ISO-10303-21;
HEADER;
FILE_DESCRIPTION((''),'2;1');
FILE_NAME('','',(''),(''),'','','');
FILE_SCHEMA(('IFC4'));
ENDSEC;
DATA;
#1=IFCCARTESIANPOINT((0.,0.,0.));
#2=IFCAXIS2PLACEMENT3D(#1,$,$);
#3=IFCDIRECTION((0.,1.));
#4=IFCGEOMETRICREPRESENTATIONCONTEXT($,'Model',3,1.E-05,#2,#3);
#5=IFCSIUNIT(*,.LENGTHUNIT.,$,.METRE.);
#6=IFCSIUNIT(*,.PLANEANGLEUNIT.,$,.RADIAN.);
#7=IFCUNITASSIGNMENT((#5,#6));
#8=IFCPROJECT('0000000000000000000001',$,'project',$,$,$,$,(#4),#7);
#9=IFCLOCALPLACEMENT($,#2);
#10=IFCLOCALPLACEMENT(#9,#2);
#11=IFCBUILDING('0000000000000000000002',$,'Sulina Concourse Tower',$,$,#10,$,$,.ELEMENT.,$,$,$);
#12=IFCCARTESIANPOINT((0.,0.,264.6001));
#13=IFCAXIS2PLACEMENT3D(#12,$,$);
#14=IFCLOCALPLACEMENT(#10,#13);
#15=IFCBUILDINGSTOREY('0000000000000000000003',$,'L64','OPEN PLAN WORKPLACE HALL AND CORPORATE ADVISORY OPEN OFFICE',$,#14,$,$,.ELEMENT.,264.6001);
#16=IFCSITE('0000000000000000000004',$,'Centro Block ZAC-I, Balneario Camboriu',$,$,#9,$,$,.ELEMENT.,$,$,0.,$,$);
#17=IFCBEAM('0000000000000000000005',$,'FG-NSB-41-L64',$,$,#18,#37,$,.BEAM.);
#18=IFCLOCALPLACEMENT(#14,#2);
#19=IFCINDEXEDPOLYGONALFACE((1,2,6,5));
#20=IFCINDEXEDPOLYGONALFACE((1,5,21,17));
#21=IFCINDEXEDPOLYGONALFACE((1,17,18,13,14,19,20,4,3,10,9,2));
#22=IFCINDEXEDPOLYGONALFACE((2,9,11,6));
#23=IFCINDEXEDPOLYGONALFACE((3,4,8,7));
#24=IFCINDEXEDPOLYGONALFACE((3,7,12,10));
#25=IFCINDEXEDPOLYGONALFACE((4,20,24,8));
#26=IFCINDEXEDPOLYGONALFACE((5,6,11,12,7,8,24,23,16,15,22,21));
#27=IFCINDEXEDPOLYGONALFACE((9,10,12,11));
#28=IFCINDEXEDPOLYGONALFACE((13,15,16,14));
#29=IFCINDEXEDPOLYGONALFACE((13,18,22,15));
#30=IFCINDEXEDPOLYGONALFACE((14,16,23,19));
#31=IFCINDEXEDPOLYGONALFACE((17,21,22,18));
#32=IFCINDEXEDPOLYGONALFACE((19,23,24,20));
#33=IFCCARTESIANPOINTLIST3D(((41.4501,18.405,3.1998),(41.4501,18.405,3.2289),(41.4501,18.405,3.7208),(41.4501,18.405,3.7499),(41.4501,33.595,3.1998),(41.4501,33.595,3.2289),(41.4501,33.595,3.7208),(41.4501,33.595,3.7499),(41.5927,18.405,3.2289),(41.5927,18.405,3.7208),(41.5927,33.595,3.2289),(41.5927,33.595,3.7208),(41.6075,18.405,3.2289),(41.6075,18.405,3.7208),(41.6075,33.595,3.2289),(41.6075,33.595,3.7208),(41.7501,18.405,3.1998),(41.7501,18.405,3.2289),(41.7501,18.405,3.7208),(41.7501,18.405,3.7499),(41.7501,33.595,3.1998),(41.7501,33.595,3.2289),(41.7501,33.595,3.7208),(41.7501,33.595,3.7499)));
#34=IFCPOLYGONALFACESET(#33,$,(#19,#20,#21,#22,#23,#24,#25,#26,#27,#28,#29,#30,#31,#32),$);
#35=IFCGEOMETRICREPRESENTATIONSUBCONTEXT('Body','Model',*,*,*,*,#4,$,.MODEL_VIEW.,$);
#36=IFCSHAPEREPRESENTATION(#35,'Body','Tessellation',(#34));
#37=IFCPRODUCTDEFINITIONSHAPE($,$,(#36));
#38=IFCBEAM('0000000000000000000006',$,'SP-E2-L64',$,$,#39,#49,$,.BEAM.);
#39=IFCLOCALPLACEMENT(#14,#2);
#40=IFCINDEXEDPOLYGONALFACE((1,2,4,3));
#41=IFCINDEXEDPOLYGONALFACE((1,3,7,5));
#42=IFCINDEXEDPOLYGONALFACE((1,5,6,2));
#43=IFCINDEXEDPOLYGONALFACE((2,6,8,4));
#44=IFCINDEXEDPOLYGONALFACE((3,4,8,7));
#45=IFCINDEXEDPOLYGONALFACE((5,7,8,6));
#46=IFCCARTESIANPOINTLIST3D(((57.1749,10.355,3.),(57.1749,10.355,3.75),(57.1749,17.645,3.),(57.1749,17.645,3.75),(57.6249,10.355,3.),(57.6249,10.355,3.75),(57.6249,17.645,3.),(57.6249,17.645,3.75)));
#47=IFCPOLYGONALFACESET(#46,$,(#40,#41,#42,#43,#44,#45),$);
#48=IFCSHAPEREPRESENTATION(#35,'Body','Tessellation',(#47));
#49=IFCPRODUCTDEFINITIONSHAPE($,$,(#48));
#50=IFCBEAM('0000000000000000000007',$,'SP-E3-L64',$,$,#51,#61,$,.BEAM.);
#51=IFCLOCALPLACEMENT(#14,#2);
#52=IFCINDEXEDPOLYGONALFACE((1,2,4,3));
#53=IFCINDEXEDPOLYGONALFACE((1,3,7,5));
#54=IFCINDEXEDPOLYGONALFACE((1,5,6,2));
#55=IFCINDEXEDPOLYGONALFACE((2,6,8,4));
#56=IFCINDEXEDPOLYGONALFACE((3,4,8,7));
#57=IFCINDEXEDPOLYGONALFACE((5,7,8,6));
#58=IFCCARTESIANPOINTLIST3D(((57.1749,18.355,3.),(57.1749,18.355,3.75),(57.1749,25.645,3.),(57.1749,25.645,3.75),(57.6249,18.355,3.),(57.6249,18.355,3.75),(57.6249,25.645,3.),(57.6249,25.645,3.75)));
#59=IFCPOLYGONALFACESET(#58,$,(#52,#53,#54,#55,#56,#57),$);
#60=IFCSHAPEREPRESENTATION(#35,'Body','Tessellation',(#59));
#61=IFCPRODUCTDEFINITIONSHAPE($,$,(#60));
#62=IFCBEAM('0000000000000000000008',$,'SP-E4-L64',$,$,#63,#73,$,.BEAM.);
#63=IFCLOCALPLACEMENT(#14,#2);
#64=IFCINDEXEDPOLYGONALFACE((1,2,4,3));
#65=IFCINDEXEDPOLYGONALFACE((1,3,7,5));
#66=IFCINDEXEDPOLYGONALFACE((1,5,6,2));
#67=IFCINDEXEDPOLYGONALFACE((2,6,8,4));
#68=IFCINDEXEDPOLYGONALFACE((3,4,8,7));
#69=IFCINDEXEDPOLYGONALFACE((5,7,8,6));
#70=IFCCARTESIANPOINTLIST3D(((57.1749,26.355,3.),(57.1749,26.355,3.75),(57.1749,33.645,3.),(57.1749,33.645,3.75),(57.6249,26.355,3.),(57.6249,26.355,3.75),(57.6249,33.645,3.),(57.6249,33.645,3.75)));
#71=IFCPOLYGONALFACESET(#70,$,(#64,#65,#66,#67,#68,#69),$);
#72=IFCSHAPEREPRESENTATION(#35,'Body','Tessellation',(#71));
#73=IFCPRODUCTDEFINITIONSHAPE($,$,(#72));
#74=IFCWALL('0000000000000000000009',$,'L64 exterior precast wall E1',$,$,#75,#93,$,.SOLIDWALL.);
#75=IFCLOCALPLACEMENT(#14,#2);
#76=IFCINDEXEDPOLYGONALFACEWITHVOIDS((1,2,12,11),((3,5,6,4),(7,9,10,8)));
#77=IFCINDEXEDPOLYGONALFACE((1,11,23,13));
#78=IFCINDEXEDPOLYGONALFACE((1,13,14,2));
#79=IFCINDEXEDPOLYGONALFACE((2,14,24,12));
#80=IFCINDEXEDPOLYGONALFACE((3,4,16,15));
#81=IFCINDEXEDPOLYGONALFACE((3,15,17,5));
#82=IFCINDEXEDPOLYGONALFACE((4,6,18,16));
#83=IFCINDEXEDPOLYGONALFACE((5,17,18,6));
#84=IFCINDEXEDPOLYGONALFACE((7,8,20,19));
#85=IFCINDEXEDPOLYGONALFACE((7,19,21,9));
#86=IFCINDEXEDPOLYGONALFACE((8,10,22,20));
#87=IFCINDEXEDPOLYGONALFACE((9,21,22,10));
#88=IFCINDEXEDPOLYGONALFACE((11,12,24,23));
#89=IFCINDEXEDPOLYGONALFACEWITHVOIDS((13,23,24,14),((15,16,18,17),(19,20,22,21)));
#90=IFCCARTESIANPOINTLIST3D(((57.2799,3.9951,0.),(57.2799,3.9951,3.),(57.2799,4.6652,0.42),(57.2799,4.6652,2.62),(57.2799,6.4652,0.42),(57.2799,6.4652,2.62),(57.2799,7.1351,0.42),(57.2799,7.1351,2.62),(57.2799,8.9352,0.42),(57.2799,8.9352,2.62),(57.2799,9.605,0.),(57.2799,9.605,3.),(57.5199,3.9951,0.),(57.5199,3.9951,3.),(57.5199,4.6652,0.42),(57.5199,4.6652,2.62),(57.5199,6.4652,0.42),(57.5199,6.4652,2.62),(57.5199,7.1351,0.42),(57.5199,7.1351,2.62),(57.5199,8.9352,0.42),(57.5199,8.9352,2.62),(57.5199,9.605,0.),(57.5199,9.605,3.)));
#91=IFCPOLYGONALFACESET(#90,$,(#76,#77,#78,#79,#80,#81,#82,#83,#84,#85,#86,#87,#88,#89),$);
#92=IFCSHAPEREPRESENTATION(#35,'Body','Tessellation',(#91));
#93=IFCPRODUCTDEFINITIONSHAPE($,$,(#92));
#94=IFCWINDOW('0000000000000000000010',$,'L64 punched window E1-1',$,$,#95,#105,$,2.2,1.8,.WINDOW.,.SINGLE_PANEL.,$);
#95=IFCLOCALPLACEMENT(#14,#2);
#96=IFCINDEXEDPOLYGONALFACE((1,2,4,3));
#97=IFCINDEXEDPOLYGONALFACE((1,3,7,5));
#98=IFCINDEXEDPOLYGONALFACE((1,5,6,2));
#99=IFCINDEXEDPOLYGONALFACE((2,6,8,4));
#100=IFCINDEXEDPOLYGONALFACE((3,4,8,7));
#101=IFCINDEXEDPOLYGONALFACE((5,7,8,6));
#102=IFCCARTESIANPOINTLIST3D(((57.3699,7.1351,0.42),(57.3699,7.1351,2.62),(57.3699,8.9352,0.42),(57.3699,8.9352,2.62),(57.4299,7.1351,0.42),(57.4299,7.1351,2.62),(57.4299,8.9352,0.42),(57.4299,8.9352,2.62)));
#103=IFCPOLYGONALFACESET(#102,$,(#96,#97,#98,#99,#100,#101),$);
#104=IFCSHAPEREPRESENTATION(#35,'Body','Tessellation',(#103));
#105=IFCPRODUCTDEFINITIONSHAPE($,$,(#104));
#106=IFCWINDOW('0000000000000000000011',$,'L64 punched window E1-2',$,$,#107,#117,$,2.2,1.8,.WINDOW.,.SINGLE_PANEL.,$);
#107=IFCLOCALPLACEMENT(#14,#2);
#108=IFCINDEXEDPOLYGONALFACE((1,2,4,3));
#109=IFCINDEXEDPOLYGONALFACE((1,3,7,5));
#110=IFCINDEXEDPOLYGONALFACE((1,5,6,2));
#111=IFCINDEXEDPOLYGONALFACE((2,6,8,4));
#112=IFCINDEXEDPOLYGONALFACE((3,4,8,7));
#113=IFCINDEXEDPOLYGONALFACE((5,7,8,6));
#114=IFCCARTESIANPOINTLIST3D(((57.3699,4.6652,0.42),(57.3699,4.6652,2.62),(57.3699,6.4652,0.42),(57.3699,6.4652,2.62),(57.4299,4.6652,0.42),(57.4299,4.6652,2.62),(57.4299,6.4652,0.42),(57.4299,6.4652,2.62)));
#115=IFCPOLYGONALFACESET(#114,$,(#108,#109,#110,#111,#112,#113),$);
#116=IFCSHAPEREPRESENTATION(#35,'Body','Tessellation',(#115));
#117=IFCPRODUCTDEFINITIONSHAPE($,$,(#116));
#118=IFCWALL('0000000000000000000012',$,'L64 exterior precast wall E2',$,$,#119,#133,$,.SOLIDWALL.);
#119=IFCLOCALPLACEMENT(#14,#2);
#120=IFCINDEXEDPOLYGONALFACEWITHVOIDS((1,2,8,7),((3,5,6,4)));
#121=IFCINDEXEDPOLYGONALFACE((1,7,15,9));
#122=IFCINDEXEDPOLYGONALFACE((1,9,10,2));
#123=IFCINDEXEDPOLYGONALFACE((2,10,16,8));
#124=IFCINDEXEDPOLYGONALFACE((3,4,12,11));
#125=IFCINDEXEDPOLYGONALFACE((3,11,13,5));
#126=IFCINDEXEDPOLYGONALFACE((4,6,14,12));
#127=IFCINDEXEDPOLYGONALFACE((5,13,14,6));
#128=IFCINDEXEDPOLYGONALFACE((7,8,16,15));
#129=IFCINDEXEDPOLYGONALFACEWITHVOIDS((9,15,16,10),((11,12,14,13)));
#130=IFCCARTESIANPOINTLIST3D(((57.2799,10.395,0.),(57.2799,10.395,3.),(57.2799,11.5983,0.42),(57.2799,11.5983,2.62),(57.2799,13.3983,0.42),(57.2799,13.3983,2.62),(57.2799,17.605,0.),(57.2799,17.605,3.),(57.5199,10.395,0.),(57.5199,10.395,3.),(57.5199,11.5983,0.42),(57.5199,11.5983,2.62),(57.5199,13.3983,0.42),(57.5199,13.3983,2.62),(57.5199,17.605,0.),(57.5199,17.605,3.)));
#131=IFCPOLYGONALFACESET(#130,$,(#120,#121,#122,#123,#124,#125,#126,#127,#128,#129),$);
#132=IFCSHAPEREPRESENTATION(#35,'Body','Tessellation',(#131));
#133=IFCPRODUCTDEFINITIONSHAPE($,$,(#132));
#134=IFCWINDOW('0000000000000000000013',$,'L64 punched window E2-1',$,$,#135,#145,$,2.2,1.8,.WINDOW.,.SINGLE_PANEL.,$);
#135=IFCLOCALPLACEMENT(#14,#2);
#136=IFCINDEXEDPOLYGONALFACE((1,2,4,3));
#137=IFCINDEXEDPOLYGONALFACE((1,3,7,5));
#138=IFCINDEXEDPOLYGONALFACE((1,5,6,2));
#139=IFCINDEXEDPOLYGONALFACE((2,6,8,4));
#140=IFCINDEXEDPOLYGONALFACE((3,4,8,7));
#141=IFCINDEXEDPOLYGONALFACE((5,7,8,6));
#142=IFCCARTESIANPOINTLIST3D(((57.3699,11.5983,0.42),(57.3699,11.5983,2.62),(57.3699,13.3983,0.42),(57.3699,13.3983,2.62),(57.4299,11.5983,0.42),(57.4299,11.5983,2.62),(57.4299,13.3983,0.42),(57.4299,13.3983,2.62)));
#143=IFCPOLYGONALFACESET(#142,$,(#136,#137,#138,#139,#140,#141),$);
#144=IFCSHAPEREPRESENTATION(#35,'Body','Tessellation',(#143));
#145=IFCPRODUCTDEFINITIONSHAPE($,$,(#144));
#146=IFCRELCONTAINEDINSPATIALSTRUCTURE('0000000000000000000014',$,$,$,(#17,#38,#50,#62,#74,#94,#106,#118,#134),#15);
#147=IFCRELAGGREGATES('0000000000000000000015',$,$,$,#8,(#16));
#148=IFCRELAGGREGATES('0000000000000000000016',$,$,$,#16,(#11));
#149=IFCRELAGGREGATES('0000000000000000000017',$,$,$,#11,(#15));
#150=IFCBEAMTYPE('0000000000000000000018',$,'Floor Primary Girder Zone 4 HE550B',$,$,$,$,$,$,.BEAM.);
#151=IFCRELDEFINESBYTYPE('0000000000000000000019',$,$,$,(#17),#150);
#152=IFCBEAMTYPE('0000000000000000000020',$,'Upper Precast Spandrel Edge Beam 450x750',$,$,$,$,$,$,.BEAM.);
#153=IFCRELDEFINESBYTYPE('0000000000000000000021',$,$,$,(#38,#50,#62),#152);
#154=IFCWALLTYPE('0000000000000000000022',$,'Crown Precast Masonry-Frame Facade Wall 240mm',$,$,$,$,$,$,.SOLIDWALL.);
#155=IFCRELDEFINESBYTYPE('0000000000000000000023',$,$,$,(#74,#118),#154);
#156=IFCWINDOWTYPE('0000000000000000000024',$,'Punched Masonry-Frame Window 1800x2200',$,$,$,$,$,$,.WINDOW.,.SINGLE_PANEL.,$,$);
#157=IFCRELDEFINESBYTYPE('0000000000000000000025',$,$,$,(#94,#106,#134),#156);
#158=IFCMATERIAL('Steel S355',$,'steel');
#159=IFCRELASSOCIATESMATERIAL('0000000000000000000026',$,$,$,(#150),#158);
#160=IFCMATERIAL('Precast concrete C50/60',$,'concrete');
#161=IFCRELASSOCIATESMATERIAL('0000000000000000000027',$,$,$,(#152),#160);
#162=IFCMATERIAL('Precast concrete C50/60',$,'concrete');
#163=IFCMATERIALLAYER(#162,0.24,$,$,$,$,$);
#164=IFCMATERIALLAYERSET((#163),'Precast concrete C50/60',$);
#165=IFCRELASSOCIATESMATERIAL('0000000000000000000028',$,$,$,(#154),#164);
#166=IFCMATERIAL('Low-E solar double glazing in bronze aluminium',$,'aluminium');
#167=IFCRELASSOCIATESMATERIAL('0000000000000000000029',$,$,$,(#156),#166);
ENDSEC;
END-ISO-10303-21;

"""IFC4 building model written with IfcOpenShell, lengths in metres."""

from ifc_helpers import new_model, si_unit, direction, frame, frame_2d, origin, origin_2d, place, context, subcontext, project, spatial, rectangle, i_section, extrude, material, layer, layer_set, material_profile, profile_set, type_object, element, fill, save


model = new_model("IFC4")

# Units and contexts
model_context = context("Model", 3, precision=1e-05, world=origin(), true_north=direction((0.0, 1.0)))
body_context = subcontext(model_context, "Body", "Model", "MODEL_VIEW")
ifc_project = project(units=[si_unit("LENGTHUNIT", "METRE"), si_unit("PLANEANGLEUNIT", "RADIAN")], contexts=[model_context])

# Site, building, storey
site_placement = place(None, origin())
site = spatial("IfcSite", under=ifc_project, at=site_placement, Name="Centro Block ZAC-I, Balneario Camboriu", CompositionType="ELEMENT", RefElevation=0.0)
building_placement = place(site_placement, origin())
building = spatial("IfcBuilding", under=site, at=building_placement, Name="Sulina Concourse Tower", CompositionType="ELEMENT")
storey_placement = place(building_placement, frame((0.0, 0.0, 264.6001)))
storey = spatial("IfcBuildingStorey", under=building, at=storey_placement, Name="L64", Description="OPEN PLAN WORKPLACE HALL AND CORPORATE ADVISORY OPEN OFFICE", CompositionType="ELEMENT", Elevation=264.6001)

# Beams
ifc_material_1 = material(Name="Steel S355", Category="steel")
ifc_material_profile_1 = material_profile(ifc_material_1, i_section(OverallWidth=0.3, OverallDepth=0.55, WebThickness=0.0149, FlangeThickness=0.0291, at=origin_2d()), Name="HE 550 B")
ifc_profile_set_1 = profile_set([ifc_material_profile_1], Name="Steel S355")
beam_type_1 = type_object("IfcBeamType", Name="Floor Primary Girder Zone 4 HE550B", PredefinedType="BEAM", material=ifc_profile_set_1)
beam_1_placement = place(storey_placement, frame((41.6001, 18.405, 3.4749), z_axis=(0.0, 1.0, 0.0), x_axis=(-1.0, 0.0, 0.0)))
element("IfcBeam", 1, at=beam_1_placement, inside=storey, type_object=beam_type_1, Name="FG-NSB-41-L64", PredefinedType="BEAM", context=body_context, shape_type="SweptSolid", body=[
    extrude(i_section(OverallWidth=0.3, OverallDepth=0.55, WebThickness=0.0149, FlangeThickness=0.0291, at=origin_2d()), origin(), (0.0, 0.0, 1.0), 15.1899),
])
ifc_material_2 = material(Name="Precast concrete C50/60", Category="concrete")
ifc_material_profile_2 = material_profile(ifc_material_2, rectangle(XDim=0.45, YDim=0.75, at=origin_2d()), Name="RC 450x750")
ifc_profile_set_2 = profile_set([ifc_material_profile_2], Name="Precast concrete C50/60")
beam_type_2 = type_object("IfcBeamType", Name="Upper Precast Spandrel Edge Beam 450x750", PredefinedType="BEAM", material=ifc_profile_set_2)
for number, where, z_axis, x_axis, name in (
    (2, (57.3999, 10.355, 3.375), (0.0, 1.0, 0.0), (-1.0, 0.0, 0.0), "SP-E2-L64"),
    (3, (57.3999, 18.355, 3.375), (0.0, 1.0, 0.0), (-1.0, 0.0, 0.0), "SP-E3-L64"),
    (4, (57.3999, 26.355, 3.375), (0.0, 1.0, 0.0), (-1.0, 0.0, 0.0), "SP-E4-L64"),
):
    element("IfcBeam", number, at=place(storey_placement, frame(where, z_axis=z_axis, x_axis=x_axis)), inside=storey, type_object=beam_type_2, Name=name, PredefinedType="BEAM", context=body_context, shape_type="SweptSolid", body=[
        extrude(rectangle(XDim=0.45, YDim=0.75, at=origin_2d()), origin(), (0.0, 0.0, 1.0), 7.29),
    ])

# Wall, openings, windows
ifc_material_3 = material(Name="Precast concrete C50/60", Category="concrete")
ifc_layer_1 = layer(ifc_material_3, 0.24)
ifc_layer_set_1 = layer_set([ifc_layer_1], Name="Precast concrete C50/60")
wall_type_1 = type_object("IfcWallType", Name="Crown Precast Masonry-Frame Facade Wall 240mm", PredefinedType="SOLIDWALL", material=ifc_layer_set_1)
wall_1_placement = place(storey_placement, frame((57.3999, 9.605, 0.0), z_axis=(0.0, 0.0, 1.0), x_axis=(0.0, -1.0, 0.0)))
wall_1 = element("IfcWall", 5, at=wall_1_placement, inside=storey, type_object=wall_type_1, Name="L64 exterior precast wall E1", PredefinedType="SOLIDWALL", context=body_context, shape_type="SweptSolid", body=[
    extrude(rectangle(XDim=5.6099, YDim=0.24, at=frame_2d((2.8049, 0.0))), origin(), (0.0, 0.0, 1.0), 3.0),
])
opening_1_placement = place(wall_1_placement, frame((0.6699, 0.0, 0.4199)))
opening_1 = element("IfcOpeningElement", 6, at=opening_1_placement, cuts=wall_1, PredefinedType="OPENING", context=body_context, shape_type="SweptSolid", body=[
    extrude(rectangle(XDim=1.8, YDim=2.2, at=frame_2d((0.8999, 1.1001))), frame((0.0, 0.1299, 0.0), z_axis=(0.0, -1.0, 0.0), x_axis=(1.0, 0.0, 0.0)), (0.0, 0.0, 1.0), 0.26),
])
opening_2_placement = place(wall_1_placement, frame((3.1399, 0.0, 0.4199)))
opening_2 = element("IfcOpeningElement", 7, at=opening_2_placement, cuts=wall_1, PredefinedType="OPENING", context=body_context, shape_type="SweptSolid", body=[
    extrude(rectangle(XDim=1.8, YDim=2.2, at=frame_2d((0.8999, 1.1001))), frame((0.0, 0.1299, 0.0), z_axis=(0.0, -1.0, 0.0), x_axis=(1.0, 0.0, 0.0)), (0.0, 0.0, 1.0), 0.26),
])
ifc_material_4 = material(Name="Low-E solar double glazing in bronze aluminium", Category="aluminium")
window_type = type_object("IfcWindowType", Name="Punched Masonry-Frame Window 1800x2200", PartitioningType="SINGLE_PANEL", PredefinedType="WINDOW", material=ifc_material_4)
window_1_placement = place(opening_1_placement, origin())
window_1 = element("IfcWindow", 8, at=window_1_placement, inside=storey, type_object=window_type, Name="L64 punched window E1-1", OverallHeight=2.2, OverallWidth=1.8, PartitioningType="SINGLE_PANEL", PredefinedType="WINDOW", context=body_context, shape_type="SweptSolid", body=[
    extrude(rectangle(XDim=1.8, YDim=2.2, at=frame_2d((0.8999, 1.1001))), frame((0.0, 0.03, 0.0), z_axis=(0.0, -1.0, 0.0), x_axis=(1.0, 0.0, 0.0)), (0.0, 0.0, 1.0), 0.0601),
])
fill(opening_1, window_1)
window_2_placement = place(opening_2_placement, origin())
window_2 = element("IfcWindow", 9, at=window_2_placement, inside=storey, type_object=window_type, Name="L64 punched window E1-2", OverallHeight=2.2, OverallWidth=1.8, PartitioningType="SINGLE_PANEL", PredefinedType="WINDOW", context=body_context, shape_type="SweptSolid", body=[
    extrude(rectangle(XDim=1.8, YDim=2.2, at=frame_2d((0.8999, 1.1001))), frame((0.0, 0.03, 0.0), z_axis=(0.0, -1.0, 0.0), x_axis=(1.0, 0.0, 0.0)), (0.0, 0.0, 1.0), 0.0601),
])
fill(opening_2, window_2)

# Wall, opening, window
wall_2_placement = place(storey_placement, frame((57.3999, 17.605, 0.0), z_axis=(0.0, 0.0, 1.0), x_axis=(0.0, -1.0, 0.0)))
wall_2 = element("IfcWall", 10, at=wall_2_placement, inside=storey, type_object=wall_type_1, Name="L64 exterior precast wall E2", PredefinedType="SOLIDWALL", context=body_context, shape_type="SweptSolid", body=[
    extrude(rectangle(XDim=7.21, YDim=0.24, at=frame_2d((3.605, 0.0))), origin(), (0.0, 0.0, 1.0), 3.0),
])
opening_3_placement = place(wall_2_placement, frame((4.2068, 0.0, 0.4199)))
opening_3 = element("IfcOpeningElement", 11, at=opening_3_placement, cuts=wall_2, PredefinedType="OPENING", context=body_context, shape_type="SweptSolid", body=[
    extrude(rectangle(XDim=1.8, YDim=2.2, at=frame_2d((0.8999, 1.1001))), frame((0.0, 0.1299, 0.0), z_axis=(0.0, -1.0, 0.0), x_axis=(1.0, 0.0, 0.0)), (0.0, 0.0, 1.0), 0.26),
])
window_3_placement = place(opening_3_placement, origin())
window_3 = element("IfcWindow", 12, at=window_3_placement, inside=storey, type_object=window_type, Name="L64 punched window E2-1", OverallHeight=2.2, OverallWidth=1.8, PartitioningType="SINGLE_PANEL", PredefinedType="WINDOW", context=body_context, shape_type="SweptSolid", body=[
    extrude(rectangle(XDim=1.8, YDim=2.2, at=frame_2d((0.8999, 1.1001))), frame((0.0, 0.03, 0.0), z_axis=(0.0, -1.0, 0.0), x_axis=(1.0, 0.0, 0.0)), (0.0, 0.0, 1.0), 0.0601),
])
fill(opening_3, window_3)

save(model, "model.ifc")
